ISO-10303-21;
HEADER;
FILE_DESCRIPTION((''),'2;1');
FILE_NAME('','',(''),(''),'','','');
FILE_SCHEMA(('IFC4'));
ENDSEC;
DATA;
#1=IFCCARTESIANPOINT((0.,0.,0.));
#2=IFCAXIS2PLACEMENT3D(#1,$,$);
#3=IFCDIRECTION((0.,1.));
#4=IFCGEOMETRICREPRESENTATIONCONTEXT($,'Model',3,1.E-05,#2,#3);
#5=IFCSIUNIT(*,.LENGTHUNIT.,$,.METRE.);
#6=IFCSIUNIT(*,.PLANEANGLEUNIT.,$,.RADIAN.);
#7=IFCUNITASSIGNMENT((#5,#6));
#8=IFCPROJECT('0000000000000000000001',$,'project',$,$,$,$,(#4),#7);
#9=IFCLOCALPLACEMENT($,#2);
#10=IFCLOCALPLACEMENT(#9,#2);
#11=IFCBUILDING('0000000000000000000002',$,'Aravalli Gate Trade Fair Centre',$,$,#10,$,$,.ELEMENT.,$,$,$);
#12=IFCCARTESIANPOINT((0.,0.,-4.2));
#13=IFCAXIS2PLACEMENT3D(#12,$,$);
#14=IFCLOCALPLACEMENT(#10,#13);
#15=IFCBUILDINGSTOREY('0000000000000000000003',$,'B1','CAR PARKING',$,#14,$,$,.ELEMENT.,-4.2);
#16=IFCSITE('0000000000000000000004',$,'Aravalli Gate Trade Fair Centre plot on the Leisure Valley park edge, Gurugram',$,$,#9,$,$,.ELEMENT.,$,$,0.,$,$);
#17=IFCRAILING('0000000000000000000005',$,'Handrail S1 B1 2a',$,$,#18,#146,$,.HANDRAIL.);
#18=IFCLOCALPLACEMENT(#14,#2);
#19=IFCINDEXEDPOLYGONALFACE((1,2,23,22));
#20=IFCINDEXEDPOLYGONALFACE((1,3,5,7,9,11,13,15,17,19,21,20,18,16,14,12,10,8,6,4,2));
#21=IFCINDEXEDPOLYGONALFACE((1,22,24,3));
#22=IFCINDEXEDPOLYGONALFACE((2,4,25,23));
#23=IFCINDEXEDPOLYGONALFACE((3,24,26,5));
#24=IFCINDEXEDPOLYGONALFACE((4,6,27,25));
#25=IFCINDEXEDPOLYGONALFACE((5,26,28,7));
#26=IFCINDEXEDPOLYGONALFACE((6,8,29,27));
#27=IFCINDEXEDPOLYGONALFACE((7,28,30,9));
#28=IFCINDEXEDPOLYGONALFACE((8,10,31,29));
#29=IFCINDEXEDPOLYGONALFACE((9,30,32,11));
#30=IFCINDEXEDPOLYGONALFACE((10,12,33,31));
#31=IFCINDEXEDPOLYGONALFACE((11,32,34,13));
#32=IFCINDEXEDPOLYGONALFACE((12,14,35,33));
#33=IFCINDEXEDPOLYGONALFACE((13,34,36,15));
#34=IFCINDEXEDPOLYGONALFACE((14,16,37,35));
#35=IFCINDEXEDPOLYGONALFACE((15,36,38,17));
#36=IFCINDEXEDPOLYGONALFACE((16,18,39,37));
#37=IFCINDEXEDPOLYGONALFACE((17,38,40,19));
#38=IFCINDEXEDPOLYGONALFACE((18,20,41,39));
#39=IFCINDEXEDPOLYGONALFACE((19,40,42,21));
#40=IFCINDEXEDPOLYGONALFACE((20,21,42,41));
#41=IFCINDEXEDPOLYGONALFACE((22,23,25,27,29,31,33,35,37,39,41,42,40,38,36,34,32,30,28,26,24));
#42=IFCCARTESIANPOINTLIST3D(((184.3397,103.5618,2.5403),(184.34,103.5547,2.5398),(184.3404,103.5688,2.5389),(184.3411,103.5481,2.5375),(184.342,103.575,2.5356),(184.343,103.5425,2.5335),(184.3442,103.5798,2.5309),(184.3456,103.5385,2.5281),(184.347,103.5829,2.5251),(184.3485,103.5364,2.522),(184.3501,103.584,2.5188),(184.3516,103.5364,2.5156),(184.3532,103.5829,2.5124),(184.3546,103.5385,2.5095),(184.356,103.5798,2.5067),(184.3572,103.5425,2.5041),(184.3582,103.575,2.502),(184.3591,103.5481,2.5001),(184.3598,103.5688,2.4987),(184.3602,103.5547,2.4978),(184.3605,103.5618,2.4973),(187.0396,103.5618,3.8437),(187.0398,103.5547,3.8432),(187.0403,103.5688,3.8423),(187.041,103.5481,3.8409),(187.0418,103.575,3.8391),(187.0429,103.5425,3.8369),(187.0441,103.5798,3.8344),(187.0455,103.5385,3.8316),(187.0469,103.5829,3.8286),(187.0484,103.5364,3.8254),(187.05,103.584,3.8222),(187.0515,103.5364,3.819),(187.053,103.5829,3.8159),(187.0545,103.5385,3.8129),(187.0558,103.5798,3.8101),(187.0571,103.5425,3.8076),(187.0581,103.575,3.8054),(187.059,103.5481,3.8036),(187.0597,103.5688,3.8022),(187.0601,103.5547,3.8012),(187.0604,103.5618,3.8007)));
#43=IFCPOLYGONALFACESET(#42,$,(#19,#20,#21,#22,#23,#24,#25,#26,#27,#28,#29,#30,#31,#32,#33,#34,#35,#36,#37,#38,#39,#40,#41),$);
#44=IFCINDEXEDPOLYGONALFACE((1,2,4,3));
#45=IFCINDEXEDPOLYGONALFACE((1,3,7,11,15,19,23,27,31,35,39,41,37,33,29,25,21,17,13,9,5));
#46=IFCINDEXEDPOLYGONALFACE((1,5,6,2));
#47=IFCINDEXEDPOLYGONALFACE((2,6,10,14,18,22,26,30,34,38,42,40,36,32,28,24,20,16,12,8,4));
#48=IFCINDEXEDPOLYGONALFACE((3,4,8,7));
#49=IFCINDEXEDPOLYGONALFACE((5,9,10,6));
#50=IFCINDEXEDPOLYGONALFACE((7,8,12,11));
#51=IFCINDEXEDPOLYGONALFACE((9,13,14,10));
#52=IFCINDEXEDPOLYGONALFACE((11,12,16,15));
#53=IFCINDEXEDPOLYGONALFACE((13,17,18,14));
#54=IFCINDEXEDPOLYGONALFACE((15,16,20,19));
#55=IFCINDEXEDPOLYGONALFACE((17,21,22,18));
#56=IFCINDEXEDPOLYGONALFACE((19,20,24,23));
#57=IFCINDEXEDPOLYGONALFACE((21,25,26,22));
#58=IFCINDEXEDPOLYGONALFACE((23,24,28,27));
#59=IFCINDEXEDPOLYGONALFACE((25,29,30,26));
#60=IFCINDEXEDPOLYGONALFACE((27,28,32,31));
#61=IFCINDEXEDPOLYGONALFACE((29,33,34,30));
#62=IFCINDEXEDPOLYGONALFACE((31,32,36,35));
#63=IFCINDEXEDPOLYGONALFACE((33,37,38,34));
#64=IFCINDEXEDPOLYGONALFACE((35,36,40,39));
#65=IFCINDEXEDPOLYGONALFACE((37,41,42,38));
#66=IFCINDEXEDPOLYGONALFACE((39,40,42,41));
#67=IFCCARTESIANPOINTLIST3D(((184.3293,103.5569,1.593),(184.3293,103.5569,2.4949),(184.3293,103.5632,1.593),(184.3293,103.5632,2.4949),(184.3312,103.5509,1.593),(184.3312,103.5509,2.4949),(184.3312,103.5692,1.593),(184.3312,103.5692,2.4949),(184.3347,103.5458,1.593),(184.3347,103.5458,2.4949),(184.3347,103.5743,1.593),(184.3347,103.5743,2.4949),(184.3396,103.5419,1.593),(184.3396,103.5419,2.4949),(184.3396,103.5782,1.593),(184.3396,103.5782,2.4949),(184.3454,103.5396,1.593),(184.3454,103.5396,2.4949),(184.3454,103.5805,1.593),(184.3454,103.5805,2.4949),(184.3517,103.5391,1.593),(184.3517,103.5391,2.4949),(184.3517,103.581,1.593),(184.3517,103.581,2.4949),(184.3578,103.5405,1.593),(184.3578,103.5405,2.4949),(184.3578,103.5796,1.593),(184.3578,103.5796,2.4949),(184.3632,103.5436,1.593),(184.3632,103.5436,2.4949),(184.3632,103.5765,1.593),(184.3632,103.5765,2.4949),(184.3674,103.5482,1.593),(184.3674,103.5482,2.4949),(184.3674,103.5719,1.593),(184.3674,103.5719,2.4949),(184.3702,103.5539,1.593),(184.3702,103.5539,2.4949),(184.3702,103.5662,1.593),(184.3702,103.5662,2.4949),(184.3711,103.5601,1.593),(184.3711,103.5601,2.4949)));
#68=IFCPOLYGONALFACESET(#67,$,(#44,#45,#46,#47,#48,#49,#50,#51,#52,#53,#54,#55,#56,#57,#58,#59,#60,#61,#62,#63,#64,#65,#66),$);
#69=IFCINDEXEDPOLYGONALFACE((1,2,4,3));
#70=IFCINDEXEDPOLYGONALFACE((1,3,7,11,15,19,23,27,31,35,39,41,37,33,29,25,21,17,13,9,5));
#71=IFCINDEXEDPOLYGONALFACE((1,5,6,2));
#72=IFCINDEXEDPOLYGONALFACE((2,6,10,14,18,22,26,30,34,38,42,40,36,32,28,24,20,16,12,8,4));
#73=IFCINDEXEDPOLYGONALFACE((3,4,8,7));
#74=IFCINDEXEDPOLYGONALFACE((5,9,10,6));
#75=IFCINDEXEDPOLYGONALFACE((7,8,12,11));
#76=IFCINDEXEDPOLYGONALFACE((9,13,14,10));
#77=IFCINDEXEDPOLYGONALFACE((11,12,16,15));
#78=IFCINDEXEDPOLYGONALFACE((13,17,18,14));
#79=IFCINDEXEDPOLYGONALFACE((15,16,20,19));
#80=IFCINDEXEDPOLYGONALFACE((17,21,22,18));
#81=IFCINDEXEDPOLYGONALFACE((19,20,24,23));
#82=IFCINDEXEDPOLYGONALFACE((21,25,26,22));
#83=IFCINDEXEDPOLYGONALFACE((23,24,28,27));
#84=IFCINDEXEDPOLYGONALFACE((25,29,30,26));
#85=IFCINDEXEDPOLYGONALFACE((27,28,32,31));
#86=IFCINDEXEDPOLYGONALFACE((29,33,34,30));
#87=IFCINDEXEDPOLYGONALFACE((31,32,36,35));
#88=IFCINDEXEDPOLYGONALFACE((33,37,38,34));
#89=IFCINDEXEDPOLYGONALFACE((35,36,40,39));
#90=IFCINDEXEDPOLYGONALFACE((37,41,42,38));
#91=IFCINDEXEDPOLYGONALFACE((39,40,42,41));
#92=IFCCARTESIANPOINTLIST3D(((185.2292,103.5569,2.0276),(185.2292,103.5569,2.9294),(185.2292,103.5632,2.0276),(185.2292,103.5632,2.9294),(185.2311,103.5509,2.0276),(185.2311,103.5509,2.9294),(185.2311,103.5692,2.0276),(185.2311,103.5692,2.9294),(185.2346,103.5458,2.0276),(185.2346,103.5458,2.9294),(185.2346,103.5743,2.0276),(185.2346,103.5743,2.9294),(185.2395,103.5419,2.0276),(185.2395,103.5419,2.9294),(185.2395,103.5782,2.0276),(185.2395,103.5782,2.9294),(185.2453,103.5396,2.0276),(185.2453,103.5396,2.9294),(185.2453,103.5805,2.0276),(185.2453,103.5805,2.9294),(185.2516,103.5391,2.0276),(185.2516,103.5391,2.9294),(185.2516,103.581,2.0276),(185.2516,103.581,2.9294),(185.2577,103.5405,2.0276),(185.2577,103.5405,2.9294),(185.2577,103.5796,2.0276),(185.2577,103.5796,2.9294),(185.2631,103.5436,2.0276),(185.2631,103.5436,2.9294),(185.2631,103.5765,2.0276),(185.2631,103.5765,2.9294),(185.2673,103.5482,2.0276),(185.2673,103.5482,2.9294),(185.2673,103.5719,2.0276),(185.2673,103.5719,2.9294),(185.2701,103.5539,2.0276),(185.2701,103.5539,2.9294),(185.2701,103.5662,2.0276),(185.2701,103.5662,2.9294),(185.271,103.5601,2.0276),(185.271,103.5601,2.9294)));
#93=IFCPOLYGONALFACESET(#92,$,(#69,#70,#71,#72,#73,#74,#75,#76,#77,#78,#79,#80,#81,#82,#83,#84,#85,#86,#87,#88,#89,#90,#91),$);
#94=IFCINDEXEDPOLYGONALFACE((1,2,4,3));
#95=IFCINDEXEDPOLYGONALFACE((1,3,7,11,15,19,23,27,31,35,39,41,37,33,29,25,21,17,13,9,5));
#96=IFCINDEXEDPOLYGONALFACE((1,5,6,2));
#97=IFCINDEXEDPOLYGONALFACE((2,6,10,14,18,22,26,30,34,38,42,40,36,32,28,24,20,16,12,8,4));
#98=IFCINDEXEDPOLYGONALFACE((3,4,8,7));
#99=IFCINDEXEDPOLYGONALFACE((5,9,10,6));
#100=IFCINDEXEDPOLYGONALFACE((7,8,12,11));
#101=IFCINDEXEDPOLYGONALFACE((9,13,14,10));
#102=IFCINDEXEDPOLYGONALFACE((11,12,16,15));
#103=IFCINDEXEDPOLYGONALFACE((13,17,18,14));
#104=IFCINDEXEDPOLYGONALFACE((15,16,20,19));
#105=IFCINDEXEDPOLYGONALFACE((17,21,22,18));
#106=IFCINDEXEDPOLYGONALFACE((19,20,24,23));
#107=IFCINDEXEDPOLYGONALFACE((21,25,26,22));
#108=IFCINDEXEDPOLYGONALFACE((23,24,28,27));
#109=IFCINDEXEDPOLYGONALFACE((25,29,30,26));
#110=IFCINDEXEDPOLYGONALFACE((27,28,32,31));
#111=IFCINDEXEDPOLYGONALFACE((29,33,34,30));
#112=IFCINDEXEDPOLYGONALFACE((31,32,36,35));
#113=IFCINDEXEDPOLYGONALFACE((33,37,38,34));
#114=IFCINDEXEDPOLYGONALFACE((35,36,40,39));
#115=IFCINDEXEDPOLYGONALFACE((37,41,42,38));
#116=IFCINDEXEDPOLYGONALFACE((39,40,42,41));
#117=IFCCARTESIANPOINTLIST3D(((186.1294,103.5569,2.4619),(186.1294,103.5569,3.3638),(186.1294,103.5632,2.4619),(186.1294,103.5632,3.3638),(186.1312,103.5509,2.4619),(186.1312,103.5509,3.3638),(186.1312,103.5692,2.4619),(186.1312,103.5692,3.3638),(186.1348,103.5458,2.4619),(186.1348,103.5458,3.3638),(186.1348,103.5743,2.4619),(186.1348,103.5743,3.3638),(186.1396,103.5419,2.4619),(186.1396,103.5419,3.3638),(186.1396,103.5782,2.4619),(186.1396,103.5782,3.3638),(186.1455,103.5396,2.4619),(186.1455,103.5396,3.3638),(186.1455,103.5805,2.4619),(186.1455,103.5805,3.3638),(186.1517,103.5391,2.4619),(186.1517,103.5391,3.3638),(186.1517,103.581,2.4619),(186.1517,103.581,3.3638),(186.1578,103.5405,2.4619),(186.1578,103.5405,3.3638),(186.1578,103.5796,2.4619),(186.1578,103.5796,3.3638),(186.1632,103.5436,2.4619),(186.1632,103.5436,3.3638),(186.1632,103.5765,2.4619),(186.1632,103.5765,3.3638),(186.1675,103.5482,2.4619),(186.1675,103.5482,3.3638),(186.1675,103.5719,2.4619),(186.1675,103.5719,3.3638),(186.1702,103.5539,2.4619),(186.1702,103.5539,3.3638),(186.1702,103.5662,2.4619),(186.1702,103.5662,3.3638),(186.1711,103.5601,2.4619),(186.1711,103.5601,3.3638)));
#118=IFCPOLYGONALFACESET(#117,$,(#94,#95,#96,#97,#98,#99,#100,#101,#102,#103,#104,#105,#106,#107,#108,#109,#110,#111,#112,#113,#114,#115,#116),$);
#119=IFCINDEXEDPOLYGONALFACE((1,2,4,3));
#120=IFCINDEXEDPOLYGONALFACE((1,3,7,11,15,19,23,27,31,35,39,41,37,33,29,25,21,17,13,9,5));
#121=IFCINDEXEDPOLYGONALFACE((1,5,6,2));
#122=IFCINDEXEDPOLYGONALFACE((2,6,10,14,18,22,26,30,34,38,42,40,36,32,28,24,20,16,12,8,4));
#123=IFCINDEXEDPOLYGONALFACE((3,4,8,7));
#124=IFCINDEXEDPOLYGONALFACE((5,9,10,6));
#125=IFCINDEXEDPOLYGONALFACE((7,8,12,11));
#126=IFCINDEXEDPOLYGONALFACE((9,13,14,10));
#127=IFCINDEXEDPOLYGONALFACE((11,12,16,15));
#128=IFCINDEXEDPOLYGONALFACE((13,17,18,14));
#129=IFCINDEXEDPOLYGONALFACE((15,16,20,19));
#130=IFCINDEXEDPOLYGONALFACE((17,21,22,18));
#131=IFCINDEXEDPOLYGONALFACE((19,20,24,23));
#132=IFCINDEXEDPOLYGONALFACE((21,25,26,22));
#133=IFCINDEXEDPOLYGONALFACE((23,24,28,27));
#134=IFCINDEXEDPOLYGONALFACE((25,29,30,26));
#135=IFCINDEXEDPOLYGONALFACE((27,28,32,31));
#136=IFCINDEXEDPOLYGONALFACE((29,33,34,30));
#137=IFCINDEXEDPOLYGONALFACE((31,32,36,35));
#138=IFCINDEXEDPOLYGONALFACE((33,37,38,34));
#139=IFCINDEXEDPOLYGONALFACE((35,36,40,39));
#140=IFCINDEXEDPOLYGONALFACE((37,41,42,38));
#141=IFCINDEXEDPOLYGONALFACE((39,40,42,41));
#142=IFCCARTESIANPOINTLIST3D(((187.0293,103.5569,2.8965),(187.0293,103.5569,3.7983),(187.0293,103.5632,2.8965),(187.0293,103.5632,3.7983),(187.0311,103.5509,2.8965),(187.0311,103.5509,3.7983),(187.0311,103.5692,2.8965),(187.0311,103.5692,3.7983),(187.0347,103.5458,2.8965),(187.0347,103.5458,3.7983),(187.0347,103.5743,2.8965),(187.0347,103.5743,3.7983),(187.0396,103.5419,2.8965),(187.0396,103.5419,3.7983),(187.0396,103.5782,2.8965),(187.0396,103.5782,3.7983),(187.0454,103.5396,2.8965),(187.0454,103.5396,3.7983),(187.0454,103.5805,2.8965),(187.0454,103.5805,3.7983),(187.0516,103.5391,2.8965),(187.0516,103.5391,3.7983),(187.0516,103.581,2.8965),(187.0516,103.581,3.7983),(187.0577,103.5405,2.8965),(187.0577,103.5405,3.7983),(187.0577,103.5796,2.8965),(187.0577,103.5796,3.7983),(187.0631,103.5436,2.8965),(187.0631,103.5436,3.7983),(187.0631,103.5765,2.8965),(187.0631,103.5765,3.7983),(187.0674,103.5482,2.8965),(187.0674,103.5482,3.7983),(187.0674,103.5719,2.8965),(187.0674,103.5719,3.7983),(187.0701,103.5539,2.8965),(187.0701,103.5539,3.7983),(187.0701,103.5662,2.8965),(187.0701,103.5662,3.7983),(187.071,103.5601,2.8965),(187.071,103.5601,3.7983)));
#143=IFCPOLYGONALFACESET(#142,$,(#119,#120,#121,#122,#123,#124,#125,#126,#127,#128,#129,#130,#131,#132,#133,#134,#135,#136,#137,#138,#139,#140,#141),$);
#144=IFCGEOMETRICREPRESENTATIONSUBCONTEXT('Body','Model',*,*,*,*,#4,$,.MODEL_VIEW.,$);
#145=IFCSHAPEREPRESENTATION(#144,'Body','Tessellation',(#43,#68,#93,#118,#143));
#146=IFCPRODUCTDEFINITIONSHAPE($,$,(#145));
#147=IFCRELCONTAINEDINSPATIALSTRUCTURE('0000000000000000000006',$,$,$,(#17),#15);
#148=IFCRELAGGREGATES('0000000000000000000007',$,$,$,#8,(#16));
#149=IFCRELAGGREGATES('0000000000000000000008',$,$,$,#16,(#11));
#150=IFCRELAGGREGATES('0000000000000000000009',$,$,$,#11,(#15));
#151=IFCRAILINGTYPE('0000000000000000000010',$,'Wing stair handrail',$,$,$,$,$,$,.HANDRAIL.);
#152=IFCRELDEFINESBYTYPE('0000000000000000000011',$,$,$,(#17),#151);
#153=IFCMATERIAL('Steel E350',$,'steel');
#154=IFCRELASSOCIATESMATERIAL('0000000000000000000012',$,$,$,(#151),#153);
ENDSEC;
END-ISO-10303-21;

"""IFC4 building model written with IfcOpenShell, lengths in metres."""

from ifc_helpers import new_model, si_unit, direction, frame, origin, origin_2d, place, context, subcontext, project, spatial, circle, extrude, material, type_object, element, save


model = new_model("IFC4")

# Units and contexts
model_context = context("Model", 3, precision=1e-05, world=origin(), true_north=direction((0.0, 1.0)))
body_context = subcontext(model_context, "Body", "Model", "MODEL_VIEW")
ifc_project = project(units=[si_unit("LENGTHUNIT", "METRE"), si_unit("PLANEANGLEUNIT", "RADIAN")], contexts=[model_context])

# Site, building, storey
site_placement = place(None, origin())
site = spatial("IfcSite", under=ifc_project, at=site_placement, Name="Aravalli Gate Trade Fair Centre plot on the Leisure Valley park edge, Gurugram", CompositionType="ELEMENT", RefElevation=0.0)
building_placement = place(site_placement, origin())
building = spatial("IfcBuilding", under=site, at=building_placement, Name="Aravalli Gate Trade Fair Centre", CompositionType="ELEMENT")
storey_placement = place(building_placement, frame((0.0, 0.0, -4.2)))
storey = spatial("IfcBuildingStorey", under=building, at=storey_placement, Name="B1", Description="CAR PARKING", CompositionType="ELEMENT", Elevation=-4.2)

# Shared definitions
ifc_material_1 = material(Name="Steel E350", Category="steel")

# Railing
railing_type_1 = type_object("IfcRailingType", Name="Wing stair handrail", PredefinedType="HANDRAIL", material=ifc_material_1)
railing_1_placement = place(storey_placement, frame((184.3501, 103.5601, 1.593)))
element("IfcRailing", 1, at=railing_1_placement, inside=storey, type_object=railing_type_1, Name="Handrail S1 B1 2a", PredefinedType="HANDRAIL", context=body_context, shape_type="SweptSolid", body=[
    extrude(circle(Radius=0.0239, at=origin_2d()), frame((0.0, 0.0, 0.9258), z_axis=(0.900546, 0.0, 0.43476), x_axis=(0.0, 1.0, 0.0)), (0.0, 0.0, 1.0), 2.998),
    extrude(circle(Radius=0.021, at=origin_2d()), origin(), (0.0, 0.0, 1.0), 0.9019),
    extrude(circle(Radius=0.021, at=origin_2d()), frame((0.8999, 0.0, 0.4346)), (0.0, 0.0, 1.0), 0.9019),
    extrude(circle(Radius=0.021, at=origin_2d()), frame((1.8, 0.0, 0.8689)), (0.0, 0.0, 1.0), 0.9019),
    extrude(circle(Radius=0.021, at=origin_2d()), frame((2.7, 0.0, 1.3035)), (0.0, 0.0, 1.0), 0.9019),
])

save(model, "model.ifc")
